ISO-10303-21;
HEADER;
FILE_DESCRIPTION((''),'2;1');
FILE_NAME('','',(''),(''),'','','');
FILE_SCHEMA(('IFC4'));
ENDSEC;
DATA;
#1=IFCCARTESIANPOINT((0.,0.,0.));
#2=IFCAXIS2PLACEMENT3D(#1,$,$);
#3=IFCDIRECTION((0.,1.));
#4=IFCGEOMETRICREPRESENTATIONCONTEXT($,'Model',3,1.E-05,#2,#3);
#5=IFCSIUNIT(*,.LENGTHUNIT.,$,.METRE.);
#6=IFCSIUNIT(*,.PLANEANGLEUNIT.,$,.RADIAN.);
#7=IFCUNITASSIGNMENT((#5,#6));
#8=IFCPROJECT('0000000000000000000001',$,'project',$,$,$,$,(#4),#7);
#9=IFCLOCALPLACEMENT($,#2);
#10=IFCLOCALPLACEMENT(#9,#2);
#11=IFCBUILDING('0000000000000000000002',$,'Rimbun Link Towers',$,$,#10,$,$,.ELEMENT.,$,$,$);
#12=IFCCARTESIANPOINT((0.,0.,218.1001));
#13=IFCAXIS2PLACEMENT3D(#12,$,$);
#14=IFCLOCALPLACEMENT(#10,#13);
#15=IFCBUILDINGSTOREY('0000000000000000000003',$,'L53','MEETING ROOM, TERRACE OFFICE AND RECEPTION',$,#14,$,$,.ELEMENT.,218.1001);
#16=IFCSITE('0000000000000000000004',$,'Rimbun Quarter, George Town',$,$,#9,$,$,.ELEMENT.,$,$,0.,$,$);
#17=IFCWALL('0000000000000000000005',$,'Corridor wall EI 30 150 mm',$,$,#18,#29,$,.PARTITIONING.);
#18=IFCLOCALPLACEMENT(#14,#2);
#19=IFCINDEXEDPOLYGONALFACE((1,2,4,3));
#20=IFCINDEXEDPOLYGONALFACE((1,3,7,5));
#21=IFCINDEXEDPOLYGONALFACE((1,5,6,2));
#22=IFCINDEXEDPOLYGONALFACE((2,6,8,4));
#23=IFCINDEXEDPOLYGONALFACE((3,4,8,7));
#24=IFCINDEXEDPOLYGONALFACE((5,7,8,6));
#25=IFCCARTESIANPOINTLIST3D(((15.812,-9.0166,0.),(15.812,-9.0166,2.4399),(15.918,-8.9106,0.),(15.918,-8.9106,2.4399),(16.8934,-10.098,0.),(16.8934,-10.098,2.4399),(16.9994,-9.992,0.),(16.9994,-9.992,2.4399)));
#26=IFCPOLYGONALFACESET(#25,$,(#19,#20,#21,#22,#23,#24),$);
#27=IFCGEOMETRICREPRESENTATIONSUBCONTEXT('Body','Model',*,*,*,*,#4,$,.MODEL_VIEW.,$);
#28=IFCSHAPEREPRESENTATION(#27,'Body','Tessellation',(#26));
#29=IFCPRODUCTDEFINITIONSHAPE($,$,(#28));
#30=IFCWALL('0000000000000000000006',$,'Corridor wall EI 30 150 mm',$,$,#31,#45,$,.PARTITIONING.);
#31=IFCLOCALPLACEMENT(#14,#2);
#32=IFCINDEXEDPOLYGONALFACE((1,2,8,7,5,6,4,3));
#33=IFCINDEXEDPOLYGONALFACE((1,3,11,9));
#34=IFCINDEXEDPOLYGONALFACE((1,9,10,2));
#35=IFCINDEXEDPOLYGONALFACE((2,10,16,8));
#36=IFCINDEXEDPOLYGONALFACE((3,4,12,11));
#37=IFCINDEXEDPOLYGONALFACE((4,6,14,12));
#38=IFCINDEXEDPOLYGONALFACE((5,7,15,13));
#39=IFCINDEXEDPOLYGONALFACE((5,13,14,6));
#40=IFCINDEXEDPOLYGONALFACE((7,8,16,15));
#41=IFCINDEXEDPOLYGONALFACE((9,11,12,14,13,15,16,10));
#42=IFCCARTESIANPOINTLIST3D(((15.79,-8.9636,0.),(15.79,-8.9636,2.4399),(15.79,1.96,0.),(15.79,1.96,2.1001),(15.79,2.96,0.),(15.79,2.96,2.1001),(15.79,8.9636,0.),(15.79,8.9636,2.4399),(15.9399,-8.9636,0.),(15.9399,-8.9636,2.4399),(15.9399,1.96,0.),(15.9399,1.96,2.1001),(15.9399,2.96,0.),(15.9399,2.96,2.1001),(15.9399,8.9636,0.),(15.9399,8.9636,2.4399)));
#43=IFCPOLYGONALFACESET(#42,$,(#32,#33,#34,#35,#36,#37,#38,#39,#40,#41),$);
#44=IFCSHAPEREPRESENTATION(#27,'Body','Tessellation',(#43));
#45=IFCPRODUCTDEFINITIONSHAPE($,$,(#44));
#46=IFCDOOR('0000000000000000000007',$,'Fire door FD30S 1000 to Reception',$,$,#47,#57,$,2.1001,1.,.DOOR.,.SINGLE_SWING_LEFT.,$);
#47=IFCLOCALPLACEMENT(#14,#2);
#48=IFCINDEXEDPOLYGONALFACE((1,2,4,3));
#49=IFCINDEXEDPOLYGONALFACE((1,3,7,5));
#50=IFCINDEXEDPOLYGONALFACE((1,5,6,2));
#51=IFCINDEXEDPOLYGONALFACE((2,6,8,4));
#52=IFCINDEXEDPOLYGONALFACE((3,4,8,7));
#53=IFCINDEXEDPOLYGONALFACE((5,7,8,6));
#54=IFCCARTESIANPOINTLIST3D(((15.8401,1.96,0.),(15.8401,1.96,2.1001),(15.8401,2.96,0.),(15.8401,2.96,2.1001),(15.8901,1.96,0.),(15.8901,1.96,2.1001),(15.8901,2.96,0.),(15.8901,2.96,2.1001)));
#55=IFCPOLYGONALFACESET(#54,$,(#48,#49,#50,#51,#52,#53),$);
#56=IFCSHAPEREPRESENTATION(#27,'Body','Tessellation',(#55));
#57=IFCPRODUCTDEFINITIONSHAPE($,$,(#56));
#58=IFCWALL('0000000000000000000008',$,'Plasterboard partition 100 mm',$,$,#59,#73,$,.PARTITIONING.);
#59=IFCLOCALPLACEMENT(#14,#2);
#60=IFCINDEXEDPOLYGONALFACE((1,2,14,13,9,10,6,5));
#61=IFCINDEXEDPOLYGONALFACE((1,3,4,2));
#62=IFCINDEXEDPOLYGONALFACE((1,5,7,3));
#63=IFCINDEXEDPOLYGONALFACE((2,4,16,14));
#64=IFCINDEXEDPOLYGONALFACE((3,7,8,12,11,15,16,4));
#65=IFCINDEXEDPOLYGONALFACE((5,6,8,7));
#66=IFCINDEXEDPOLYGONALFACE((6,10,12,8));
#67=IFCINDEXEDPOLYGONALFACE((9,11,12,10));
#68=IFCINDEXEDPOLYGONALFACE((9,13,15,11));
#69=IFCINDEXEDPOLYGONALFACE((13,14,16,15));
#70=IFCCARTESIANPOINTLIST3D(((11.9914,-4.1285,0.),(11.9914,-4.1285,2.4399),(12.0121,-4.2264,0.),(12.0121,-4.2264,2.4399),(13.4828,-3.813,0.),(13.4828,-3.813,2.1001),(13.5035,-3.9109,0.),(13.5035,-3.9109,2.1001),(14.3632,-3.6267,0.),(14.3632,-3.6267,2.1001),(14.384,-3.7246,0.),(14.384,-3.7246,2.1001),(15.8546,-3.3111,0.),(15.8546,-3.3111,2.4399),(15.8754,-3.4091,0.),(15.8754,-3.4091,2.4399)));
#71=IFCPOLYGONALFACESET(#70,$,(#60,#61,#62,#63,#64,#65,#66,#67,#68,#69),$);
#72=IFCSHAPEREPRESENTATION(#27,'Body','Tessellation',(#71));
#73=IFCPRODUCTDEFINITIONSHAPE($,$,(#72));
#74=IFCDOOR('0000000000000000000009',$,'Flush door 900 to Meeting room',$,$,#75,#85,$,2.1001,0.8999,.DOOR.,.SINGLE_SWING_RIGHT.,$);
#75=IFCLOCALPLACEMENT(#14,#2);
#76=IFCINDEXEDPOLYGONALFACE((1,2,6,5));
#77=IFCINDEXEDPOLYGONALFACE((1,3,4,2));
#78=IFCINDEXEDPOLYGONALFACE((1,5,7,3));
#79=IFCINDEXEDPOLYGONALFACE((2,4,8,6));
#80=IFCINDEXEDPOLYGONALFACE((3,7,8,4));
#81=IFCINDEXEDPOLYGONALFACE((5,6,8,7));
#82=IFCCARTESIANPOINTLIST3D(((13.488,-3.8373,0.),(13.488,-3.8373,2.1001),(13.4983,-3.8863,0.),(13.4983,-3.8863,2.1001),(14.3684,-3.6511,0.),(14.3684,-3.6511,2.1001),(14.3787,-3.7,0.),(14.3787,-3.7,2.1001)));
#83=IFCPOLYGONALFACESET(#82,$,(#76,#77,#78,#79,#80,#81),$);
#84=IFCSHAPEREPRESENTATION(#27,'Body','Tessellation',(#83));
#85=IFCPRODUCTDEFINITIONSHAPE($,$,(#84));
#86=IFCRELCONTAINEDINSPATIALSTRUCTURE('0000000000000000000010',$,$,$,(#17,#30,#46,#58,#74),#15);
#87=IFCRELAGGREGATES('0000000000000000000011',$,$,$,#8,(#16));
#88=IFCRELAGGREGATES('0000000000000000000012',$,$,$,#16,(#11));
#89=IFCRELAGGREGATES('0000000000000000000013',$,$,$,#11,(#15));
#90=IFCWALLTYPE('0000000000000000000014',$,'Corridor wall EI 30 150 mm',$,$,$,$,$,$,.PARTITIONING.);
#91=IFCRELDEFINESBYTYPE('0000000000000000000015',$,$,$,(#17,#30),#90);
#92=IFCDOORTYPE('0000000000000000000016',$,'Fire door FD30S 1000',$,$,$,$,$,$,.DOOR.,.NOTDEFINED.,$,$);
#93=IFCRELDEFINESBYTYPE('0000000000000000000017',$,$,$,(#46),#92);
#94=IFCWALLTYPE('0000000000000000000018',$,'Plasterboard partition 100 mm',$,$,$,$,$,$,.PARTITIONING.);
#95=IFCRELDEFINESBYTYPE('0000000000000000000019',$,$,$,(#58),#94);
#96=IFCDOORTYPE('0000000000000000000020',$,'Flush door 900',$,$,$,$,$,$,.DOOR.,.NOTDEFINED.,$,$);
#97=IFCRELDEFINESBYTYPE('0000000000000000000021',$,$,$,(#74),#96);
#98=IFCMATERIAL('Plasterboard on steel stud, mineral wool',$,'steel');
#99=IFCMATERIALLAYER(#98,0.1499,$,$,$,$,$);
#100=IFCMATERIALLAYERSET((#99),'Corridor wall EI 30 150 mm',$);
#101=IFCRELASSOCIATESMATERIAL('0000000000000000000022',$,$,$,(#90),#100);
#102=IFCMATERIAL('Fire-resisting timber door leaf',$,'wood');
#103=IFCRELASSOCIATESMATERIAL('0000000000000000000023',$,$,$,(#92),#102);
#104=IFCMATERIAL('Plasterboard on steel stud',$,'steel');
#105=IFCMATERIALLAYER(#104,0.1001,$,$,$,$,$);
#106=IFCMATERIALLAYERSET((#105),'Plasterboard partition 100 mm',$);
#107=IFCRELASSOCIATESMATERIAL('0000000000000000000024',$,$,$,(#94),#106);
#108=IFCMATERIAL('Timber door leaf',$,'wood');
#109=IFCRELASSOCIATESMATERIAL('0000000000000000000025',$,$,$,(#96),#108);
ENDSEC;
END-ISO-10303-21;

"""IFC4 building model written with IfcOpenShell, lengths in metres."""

from ifc_helpers import new_model, si_unit, direction, frame, frame_2d, origin, place, context, subcontext, project, spatial, rectangle, extrude, material, layer, layer_set, type_object, element, fill, save


model = new_model("IFC4")

# Units and contexts
model_context = context("Model", 3, precision=1e-05, world=origin(), true_north=direction((0.0, 1.0)))
body_context = subcontext(model_context, "Body", "Model", "MODEL_VIEW")
ifc_project = project(units=[si_unit("LENGTHUNIT", "METRE"), si_unit("PLANEANGLEUNIT", "RADIAN")], contexts=[model_context])

# Site, building, storey
site_placement = place(None, origin())
site = spatial("IfcSite", under=ifc_project, at=site_placement, Name="Rimbun Quarter, George Town", CompositionType="ELEMENT", RefElevation=0.0)
building_placement = place(site_placement, origin())
building = spatial("IfcBuilding", under=site, at=building_placement, Name="Rimbun Link Towers", CompositionType="ELEMENT")
storey_placement = place(building_placement, frame((0.0, 0.0, 218.1001)))
storey = spatial("IfcBuildingStorey", under=building, at=storey_placement, Name="L53", Description="MEETING ROOM, TERRACE OFFICE AND RECEPTION", CompositionType="ELEMENT", Elevation=218.1001)

# Wall
ifc_material_1 = material(Name="Plasterboard on steel stud, mineral wool", Category="steel")
ifc_layer_1 = layer(ifc_material_1, 0.1499)
ifc_layer_set_1 = layer_set([ifc_layer_1], Name="Corridor wall EI 30 150 mm")
wall_type_1 = type_object("IfcWallType", Name="Corridor wall EI 30 150 mm", PredefinedType="PARTITIONING", material=ifc_layer_set_1)
wall_1_placement = place(storey_placement, frame((15.865, -8.9636, 0.0), z_axis=(0.0, 0.0, 1.0), x_axis=(0.707107, -0.707107, 0.0)))
element("IfcWall", 1, at=wall_1_placement, inside=storey, type_object=wall_type_1, Name="Corridor wall EI 30 150 mm", PredefinedType="PARTITIONING", context=body_context, shape_type="SweptSolid", body=[
    extrude(rectangle(XDim=1.5293, YDim=0.1499, at=frame_2d((0.7646, 0.0))), origin(), (0.0, 0.0, 1.0), 2.4399),
])

# Walls, openings, doors
wall_2_placement = place(storey_placement, frame((15.865, -8.9636, 0.0), z_axis=(0.0, 0.0, 1.0), x_axis=(0.0, 1.0, 0.0)))
wall_2 = element("IfcWall", 2, at=wall_2_placement, inside=storey, type_object=wall_type_1, Name="Corridor wall EI 30 150 mm", PredefinedType="PARTITIONING", context=body_context, shape_type="SweptSolid", body=[
    extrude(rectangle(XDim=17.9272, YDim=0.1499, at=frame_2d((8.9636, 0.0))), origin(), (0.0, 0.0, 1.0), 2.4399),
])
opening_1_placement = place(wall_2_placement, frame((10.9236, 0.0, 0.0)))
opening_1 = element("IfcOpeningElement", 3, at=opening_1_placement, cuts=wall_2, PredefinedType="OPENING", context=body_context, shape_type="SweptSolid", body=[
    extrude(rectangle(XDim=1.0, YDim=2.1001, at=frame_2d((0.5, 1.05))), frame((0.0, 0.085, 0.0), z_axis=(0.0, -1.0, 0.0), x_axis=(1.0, 0.0, 0.0)), (0.0, 0.0, 1.0), 0.1699),
])
ifc_material_2 = material(Name="Fire-resisting timber door leaf", Category="wood")
door_type_1 = type_object("IfcDoorType", Name="Fire door FD30S 1000", OperationType="NOTDEFINED", PredefinedType="DOOR", material=ifc_material_2)
door_1_placement = place(opening_1_placement, origin())
door_1 = element("IfcDoor", 4, at=door_1_placement, inside=storey, type_object=door_type_1, Name="Fire door FD30S 1000 to Reception", OperationType="SINGLE_SWING_LEFT", OverallHeight=2.1001, OverallWidth=1.0, PredefinedType="DOOR", context=body_context, shape_type="SweptSolid", body=[
    extrude(rectangle(XDim=1.0, YDim=2.1001, at=frame_2d((0.5, 1.05))), frame((0.0, 0.0249, 0.0), z_axis=(0.0, -1.0, 0.0), x_axis=(1.0, 0.0, 0.0)), (0.0, 0.0, 1.0), 0.05),
])
fill(opening_1, door_1)
ifc_material_3 = material(Name="Plasterboard on steel stud", Category="steel")
ifc_layer_2 = layer(ifc_material_3, 0.1001)
ifc_layer_set_2 = layer_set([ifc_layer_2], Name="Plasterboard partition 100 mm")
wall_type_2 = type_object("IfcWallType", Name="Plasterboard partition 100 mm", PredefinedType="PARTITIONING", material=ifc_layer_set_2)
wall_3_placement = place(storey_placement, frame((15.865, -3.3601, 0.0), z_axis=(0.0, 0.0, 1.0), x_axis=(-0.978342, -0.206995, 0.0)))
wall_3 = element("IfcWall", 5, at=wall_3_placement, inside=storey, type_object=wall_type_2, Name="Plasterboard partition 100 mm", PredefinedType="PARTITIONING", context=body_context, shape_type="SweptSolid", body=[
    extrude(rectangle(XDim=3.9487, YDim=0.1001, at=frame_2d((1.9744, 0.0))), origin(), (0.0, 0.0, 1.0), 2.4399),
])
opening_2_placement = place(wall_3_placement, frame((1.5244, 0.0, 0.0)))
opening_2 = element("IfcOpeningElement", 6, at=opening_2_placement, cuts=wall_3, PredefinedType="OPENING", context=body_context, shape_type="SweptSolid", body=[
    extrude(rectangle(XDim=0.8999, YDim=2.1001, at=frame_2d((0.45, 1.05))), frame((0.0, 0.0601, 0.0), z_axis=(0.0, -1.0, 0.0), x_axis=(1.0, 0.0, 0.0)), (0.0, 0.0, 1.0), 0.1201),
])
ifc_material_4 = material(Name="Timber door leaf", Category="wood")
door_type_2 = type_object("IfcDoorType", Name="Flush door 900", OperationType="NOTDEFINED", PredefinedType="DOOR", material=ifc_material_4)
door_2_placement = place(opening_2_placement, origin())
door_2 = element("IfcDoor", 7, at=door_2_placement, inside=storey, type_object=door_type_2, Name="Flush door 900 to Meeting room", OperationType="SINGLE_SWING_RIGHT", OverallHeight=2.1001, OverallWidth=0.8999, PredefinedType="DOOR", context=body_context, shape_type="SweptSolid", body=[
    extrude(rectangle(XDim=0.8999, YDim=2.1001, at=frame_2d((0.45, 1.05))), frame((0.0, 0.0249, 0.0), z_axis=(0.0, -1.0, 0.0), x_axis=(1.0, 0.0, 0.0)), (0.0, 0.0, 1.0), 0.05),
])
fill(opening_2, door_2)

save(model, "model.ifc")
